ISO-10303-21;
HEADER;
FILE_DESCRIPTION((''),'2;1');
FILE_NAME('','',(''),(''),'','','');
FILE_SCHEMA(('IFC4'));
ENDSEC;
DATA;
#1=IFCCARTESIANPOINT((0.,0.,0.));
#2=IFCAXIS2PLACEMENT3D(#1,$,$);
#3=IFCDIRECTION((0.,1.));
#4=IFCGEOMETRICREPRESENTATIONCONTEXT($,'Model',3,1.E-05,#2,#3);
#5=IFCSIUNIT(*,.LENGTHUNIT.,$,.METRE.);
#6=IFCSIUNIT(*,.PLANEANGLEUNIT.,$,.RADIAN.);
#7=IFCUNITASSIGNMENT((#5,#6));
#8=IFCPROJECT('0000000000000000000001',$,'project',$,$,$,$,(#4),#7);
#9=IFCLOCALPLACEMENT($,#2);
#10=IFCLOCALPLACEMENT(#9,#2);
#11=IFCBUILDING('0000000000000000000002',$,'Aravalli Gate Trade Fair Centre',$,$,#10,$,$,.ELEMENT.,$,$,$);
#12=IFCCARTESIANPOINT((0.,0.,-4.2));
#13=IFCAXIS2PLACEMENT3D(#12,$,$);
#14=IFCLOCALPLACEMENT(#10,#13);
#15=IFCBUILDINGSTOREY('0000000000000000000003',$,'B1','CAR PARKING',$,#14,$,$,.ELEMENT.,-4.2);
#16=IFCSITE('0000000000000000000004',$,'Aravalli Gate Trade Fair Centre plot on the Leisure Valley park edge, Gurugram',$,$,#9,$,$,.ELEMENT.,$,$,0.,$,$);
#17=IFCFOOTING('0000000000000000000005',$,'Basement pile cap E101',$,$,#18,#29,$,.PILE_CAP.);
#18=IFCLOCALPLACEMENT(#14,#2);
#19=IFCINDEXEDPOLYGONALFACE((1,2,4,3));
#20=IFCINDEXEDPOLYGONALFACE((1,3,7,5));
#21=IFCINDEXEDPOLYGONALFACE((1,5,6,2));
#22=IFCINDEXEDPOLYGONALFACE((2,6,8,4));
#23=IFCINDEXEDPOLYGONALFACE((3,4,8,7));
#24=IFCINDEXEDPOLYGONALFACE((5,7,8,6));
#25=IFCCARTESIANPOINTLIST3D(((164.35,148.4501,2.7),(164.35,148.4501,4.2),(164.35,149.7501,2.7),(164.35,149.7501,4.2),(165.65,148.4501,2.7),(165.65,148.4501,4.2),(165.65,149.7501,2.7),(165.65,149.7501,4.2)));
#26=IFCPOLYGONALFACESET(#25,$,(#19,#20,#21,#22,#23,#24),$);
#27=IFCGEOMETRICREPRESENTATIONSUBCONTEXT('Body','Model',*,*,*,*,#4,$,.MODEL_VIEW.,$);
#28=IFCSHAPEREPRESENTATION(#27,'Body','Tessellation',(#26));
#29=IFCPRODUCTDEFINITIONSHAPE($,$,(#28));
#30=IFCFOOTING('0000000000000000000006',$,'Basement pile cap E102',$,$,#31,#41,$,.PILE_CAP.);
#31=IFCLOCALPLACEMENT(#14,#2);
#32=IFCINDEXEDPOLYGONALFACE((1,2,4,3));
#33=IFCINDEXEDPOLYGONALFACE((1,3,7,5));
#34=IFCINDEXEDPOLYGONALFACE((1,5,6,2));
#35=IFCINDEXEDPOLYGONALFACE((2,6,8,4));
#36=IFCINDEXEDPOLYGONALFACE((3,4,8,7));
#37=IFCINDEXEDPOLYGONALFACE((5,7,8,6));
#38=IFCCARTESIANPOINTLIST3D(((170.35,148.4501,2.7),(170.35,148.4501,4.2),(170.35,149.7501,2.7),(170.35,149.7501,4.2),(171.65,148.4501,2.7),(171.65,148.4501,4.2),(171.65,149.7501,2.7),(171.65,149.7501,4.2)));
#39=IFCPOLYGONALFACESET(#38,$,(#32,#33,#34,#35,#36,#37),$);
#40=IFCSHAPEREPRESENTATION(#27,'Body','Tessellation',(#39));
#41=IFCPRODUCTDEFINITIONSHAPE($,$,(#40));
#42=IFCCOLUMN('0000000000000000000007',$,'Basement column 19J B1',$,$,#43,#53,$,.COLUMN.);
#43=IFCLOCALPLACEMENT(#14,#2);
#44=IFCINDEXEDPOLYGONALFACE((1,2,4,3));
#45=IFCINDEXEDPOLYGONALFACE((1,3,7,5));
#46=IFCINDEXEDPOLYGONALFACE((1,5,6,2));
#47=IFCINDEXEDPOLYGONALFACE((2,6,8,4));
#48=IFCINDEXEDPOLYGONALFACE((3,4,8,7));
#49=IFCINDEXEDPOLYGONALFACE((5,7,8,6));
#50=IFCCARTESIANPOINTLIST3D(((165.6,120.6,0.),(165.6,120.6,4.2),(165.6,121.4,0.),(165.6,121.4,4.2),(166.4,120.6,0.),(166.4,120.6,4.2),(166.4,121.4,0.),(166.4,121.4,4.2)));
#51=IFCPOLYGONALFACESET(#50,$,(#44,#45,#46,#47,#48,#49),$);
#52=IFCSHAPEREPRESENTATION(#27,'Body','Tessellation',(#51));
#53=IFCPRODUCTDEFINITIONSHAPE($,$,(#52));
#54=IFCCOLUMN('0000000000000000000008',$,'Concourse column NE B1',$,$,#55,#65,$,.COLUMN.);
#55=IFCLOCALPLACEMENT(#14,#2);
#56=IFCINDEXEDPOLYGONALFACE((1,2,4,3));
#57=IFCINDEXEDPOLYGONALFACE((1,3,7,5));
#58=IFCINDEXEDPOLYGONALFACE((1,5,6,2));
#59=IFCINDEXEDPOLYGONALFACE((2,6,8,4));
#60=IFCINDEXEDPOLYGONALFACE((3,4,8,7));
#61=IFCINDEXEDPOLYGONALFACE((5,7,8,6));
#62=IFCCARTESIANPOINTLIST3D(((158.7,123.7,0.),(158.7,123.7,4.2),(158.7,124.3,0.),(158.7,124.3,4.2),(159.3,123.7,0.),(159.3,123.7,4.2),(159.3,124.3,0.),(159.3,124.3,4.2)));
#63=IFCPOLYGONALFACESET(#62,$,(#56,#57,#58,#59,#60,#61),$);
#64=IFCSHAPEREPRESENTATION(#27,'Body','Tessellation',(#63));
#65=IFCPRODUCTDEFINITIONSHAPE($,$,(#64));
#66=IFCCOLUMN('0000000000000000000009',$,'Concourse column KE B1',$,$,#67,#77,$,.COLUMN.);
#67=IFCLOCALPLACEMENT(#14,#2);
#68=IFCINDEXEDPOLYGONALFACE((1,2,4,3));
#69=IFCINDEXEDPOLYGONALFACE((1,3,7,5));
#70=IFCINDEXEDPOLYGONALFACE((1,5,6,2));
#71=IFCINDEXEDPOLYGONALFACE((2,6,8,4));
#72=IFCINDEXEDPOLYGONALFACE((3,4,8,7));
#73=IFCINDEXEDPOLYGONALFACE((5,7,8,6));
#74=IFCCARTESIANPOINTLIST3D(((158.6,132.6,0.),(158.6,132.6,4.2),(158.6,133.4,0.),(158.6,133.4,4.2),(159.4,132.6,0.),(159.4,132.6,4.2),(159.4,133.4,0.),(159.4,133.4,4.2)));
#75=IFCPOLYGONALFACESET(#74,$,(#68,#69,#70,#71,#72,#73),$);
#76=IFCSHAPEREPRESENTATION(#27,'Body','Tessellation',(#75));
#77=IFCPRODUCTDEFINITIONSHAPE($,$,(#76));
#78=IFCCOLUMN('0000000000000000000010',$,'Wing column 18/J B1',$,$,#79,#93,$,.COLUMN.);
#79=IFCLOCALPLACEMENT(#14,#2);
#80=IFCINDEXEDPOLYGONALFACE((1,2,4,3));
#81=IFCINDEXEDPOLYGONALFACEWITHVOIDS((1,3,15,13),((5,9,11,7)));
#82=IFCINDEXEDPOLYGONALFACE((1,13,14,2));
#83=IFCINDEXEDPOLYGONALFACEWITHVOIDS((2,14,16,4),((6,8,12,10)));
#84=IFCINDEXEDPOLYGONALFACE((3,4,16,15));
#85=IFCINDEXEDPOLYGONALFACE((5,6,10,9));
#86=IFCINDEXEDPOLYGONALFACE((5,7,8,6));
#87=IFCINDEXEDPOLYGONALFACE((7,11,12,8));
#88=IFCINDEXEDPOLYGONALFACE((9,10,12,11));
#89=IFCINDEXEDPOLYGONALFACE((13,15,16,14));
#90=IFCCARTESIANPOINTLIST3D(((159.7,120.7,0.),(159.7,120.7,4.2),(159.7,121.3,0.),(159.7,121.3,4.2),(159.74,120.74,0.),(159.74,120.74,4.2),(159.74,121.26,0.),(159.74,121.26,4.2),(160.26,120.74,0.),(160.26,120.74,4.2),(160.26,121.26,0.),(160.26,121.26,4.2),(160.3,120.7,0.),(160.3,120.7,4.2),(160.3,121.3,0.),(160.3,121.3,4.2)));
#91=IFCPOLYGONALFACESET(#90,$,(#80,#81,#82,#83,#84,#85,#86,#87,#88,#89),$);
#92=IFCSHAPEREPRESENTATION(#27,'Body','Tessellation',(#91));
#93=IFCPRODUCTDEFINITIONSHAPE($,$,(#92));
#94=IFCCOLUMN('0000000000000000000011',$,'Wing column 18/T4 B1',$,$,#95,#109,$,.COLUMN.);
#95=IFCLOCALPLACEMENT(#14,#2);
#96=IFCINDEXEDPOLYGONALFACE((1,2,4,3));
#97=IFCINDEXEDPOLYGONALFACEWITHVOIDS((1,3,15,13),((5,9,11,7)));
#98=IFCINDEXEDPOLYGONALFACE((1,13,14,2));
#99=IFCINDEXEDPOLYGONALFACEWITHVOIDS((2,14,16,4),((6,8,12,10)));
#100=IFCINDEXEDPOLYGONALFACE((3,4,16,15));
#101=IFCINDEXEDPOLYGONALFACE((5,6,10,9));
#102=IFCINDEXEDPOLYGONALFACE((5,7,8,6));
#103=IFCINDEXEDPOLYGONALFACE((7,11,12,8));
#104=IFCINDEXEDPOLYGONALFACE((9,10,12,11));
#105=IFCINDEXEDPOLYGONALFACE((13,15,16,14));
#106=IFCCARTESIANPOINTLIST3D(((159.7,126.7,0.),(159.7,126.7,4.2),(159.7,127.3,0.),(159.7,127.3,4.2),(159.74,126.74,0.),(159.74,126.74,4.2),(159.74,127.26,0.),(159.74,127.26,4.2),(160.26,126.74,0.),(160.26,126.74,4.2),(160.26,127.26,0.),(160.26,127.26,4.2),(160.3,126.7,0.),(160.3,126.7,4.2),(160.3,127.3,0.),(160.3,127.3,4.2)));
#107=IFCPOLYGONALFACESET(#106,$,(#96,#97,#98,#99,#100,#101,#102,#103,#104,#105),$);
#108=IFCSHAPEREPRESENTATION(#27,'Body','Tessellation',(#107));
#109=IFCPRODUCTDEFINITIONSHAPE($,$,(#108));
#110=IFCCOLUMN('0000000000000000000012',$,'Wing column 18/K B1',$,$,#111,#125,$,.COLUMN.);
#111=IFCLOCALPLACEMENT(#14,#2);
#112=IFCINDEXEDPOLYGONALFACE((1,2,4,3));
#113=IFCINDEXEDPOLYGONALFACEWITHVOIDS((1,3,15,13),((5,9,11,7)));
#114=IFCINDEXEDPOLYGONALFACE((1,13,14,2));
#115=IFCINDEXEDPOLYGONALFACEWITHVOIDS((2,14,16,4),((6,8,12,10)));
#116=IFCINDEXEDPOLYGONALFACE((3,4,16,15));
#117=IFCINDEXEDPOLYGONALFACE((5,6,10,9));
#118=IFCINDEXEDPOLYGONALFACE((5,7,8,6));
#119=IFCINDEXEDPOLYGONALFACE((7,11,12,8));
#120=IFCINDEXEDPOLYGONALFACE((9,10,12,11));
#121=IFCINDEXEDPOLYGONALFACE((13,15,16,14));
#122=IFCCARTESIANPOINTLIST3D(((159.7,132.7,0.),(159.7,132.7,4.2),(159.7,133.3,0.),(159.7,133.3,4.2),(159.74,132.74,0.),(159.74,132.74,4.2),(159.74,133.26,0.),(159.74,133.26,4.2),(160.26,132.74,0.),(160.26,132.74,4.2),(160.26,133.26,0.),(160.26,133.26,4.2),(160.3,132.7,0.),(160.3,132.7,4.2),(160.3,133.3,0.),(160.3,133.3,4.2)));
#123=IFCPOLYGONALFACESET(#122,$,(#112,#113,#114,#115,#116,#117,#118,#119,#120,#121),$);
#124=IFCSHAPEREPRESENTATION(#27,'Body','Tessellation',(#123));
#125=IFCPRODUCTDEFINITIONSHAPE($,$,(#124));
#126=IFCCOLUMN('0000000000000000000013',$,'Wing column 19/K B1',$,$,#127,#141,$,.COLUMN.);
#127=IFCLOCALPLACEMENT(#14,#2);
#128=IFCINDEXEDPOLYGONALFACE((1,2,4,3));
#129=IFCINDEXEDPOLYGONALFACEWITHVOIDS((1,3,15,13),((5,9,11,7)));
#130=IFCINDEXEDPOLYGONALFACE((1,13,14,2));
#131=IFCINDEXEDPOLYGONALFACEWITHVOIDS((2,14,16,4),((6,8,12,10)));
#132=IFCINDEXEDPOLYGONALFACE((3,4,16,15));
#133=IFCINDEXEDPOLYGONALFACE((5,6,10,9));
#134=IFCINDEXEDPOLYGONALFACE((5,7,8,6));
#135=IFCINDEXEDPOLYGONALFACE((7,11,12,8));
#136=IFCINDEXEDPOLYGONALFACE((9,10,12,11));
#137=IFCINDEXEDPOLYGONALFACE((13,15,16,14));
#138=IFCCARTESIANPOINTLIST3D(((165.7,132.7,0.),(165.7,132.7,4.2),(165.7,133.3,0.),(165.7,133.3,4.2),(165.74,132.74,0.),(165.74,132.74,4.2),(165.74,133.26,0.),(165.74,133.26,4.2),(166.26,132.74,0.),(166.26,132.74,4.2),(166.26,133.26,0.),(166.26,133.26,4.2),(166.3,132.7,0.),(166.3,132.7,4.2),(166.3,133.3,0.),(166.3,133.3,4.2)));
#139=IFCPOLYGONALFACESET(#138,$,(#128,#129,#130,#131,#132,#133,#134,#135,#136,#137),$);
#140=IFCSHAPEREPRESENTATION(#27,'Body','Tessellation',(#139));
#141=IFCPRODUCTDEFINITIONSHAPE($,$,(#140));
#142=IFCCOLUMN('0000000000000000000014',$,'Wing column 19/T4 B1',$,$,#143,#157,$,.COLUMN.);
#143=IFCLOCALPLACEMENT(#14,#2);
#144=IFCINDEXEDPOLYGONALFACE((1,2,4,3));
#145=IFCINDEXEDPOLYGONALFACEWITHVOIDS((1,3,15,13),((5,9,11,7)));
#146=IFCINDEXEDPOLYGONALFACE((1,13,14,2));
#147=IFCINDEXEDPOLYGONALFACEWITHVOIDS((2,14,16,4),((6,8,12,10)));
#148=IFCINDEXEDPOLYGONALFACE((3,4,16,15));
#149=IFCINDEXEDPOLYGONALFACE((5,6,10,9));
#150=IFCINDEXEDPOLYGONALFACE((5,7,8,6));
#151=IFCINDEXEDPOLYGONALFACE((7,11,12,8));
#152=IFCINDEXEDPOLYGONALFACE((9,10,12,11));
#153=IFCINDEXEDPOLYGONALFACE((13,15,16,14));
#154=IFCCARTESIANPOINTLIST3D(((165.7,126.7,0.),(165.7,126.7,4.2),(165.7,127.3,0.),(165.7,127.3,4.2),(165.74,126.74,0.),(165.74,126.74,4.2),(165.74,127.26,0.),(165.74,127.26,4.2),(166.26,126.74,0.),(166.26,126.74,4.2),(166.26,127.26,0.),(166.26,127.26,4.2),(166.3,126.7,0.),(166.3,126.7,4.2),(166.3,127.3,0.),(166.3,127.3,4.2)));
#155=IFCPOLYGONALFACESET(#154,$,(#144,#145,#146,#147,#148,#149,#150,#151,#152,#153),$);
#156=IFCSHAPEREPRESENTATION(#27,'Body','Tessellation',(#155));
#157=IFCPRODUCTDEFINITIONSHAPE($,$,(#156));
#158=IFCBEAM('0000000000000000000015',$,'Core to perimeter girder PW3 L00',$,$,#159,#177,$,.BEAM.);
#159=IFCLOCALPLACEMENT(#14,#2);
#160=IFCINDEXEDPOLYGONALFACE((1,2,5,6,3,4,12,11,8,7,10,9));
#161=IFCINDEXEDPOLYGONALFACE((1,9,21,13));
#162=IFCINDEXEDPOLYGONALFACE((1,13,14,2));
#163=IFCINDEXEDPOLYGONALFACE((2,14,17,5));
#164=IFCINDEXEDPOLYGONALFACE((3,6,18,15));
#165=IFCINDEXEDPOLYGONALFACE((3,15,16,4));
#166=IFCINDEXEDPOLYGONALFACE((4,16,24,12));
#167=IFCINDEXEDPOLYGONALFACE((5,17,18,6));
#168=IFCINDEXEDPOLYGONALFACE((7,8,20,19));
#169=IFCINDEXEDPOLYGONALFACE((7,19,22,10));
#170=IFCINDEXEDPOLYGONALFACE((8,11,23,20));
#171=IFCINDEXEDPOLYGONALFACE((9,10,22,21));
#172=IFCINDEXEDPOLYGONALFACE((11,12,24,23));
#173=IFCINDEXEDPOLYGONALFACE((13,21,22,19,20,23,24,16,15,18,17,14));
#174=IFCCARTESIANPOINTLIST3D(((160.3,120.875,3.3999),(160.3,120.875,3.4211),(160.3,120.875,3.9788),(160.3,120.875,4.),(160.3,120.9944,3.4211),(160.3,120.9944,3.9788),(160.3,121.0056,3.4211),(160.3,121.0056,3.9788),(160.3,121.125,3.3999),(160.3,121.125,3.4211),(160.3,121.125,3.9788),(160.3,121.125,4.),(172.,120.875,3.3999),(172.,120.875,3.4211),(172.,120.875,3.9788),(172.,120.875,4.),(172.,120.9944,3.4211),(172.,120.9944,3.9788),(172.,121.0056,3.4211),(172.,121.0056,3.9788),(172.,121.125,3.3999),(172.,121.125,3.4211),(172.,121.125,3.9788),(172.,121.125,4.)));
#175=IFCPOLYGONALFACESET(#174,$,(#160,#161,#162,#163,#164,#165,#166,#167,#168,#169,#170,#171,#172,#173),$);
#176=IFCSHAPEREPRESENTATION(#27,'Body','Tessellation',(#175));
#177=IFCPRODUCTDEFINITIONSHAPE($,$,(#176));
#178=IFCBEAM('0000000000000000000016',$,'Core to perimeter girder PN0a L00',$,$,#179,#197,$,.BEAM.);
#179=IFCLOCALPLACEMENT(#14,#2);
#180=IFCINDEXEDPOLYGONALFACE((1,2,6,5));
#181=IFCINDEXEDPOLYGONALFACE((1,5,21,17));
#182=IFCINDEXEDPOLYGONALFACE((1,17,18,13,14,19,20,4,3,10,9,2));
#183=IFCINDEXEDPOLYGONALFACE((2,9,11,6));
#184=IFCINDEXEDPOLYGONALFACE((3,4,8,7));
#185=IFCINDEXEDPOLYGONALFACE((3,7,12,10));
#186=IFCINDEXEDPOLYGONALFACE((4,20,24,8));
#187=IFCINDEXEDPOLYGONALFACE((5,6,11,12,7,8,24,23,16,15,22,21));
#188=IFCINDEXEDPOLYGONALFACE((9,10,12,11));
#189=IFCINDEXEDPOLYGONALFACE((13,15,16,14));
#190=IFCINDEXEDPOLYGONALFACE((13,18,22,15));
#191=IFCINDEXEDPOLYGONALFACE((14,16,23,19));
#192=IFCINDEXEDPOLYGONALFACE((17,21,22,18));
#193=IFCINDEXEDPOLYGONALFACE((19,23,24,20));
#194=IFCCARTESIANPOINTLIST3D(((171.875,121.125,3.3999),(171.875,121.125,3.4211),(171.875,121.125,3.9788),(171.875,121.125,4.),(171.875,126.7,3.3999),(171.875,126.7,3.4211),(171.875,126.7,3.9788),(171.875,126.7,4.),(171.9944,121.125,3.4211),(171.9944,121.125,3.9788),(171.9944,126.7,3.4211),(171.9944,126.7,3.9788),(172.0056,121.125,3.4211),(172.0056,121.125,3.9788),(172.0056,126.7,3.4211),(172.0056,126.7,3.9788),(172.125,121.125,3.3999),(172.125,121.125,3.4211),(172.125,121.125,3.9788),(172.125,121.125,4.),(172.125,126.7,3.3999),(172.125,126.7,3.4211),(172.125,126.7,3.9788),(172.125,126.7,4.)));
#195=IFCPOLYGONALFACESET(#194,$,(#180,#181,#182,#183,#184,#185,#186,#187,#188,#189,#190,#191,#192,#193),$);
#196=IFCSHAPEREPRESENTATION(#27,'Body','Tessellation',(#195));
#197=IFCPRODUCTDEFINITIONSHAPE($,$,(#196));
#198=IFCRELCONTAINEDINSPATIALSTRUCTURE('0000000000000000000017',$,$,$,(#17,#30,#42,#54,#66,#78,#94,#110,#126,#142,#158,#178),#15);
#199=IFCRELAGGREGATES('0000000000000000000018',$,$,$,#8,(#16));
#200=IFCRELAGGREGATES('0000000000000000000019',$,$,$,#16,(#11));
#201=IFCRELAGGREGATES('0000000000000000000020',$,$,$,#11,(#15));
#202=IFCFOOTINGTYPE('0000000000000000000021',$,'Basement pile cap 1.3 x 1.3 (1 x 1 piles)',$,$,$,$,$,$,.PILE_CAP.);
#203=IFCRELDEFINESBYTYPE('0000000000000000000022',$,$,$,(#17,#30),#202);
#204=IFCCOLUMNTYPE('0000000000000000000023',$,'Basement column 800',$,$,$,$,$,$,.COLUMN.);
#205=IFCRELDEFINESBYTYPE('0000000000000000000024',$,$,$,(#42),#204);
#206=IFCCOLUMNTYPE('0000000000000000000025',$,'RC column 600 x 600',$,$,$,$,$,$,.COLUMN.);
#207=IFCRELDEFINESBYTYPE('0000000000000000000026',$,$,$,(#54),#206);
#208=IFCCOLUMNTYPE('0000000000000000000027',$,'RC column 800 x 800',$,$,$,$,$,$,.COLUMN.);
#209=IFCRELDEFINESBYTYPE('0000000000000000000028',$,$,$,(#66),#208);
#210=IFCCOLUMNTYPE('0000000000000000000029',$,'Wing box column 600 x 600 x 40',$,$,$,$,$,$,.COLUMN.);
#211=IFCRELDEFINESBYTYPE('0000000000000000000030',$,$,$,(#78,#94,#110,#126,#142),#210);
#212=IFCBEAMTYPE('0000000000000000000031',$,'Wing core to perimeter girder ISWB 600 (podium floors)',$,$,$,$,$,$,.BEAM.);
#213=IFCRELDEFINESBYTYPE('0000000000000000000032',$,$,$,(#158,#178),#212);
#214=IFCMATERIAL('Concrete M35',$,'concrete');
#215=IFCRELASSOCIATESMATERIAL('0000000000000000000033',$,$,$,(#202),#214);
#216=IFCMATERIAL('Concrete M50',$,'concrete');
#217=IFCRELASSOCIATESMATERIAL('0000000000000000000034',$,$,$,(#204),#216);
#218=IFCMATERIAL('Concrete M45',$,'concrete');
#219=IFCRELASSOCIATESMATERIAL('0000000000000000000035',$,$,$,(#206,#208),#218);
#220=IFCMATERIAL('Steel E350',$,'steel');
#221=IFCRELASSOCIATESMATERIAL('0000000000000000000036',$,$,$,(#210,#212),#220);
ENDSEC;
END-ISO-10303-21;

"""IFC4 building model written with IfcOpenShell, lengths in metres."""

from ifc_helpers import new_model, si_unit, direction, frame, origin, origin_2d, place, context, subcontext, project, spatial, rectangle, hollow_rectangle, i_section, extrude, material, material_profile, profile_set, type_object, element, save


model = new_model("IFC4")

# Units and contexts
model_context = context("Model", 3, precision=1e-05, world=origin(), true_north=direction((0.0, 1.0)))
body_context = subcontext(model_context, "Body", "Model", "MODEL_VIEW")
ifc_project = project(units=[si_unit("LENGTHUNIT", "METRE"), si_unit("PLANEANGLEUNIT", "RADIAN")], contexts=[model_context])

# Site, building, storey
site_placement = place(None, origin())
site = spatial("IfcSite", under=ifc_project, at=site_placement, Name="Aravalli Gate Trade Fair Centre plot on the Leisure Valley park edge, Gurugram", CompositionType="ELEMENT", RefElevation=0.0)
building_placement = place(site_placement, origin())
building = spatial("IfcBuilding", under=site, at=building_placement, Name="Aravalli Gate Trade Fair Centre", CompositionType="ELEMENT")
storey_placement = place(building_placement, frame((0.0, 0.0, -4.2)))
storey = spatial("IfcBuildingStorey", under=building, at=storey_placement, Name="B1", Description="CAR PARKING", CompositionType="ELEMENT", Elevation=-4.2)

# Shared definitions
ifc_material_1 = material(Name="Concrete M35", Category="concrete")

# Footings
footing_type = type_object("IfcFootingType", Name="Basement pile cap 1.3 x 1.3 (1 x 1 piles)", PredefinedType="PILE_CAP", material=ifc_material_1)
for number, where, z_axis, x_axis, name in (
    (1, (165.0, 149.1001, 2.7), (0.0, 0.0, 1.0), (1.0, 0.0, 0.0), "Basement pile cap E101"),
    (2, (171.0, 149.1001, 2.7), (0.0, 0.0, 1.0), (1.0, 0.0, 0.0), "Basement pile cap E102"),
):
    element("IfcFooting", number, at=place(storey_placement, frame(where, z_axis=z_axis, x_axis=x_axis)), inside=storey, type_object=footing_type, Name=name, PredefinedType="PILE_CAP", context=body_context, shape_type="SweptSolid", body=[
        extrude(rectangle(XDim=1.3, YDim=1.3, at=origin_2d()), origin(), (0.0, 0.0, 1.0), 1.5),
    ])

# Columns
ifc_material_2 = material(Name="Concrete M50", Category="concrete")
ifc_material_profile_1 = material_profile(ifc_material_2, rectangle(XDim=0.8, YDim=0.8, at=origin_2d()), Name="RC 800 x 800")
ifc_profile_set_1 = profile_set([ifc_material_profile_1], Name="Concrete M50")
column_type_1 = type_object("IfcColumnType", Name="Basement column 800", PredefinedType="COLUMN", material=ifc_profile_set_1)
column_1_placement = place(storey_placement, frame((166.0, 121.0, 0.0), z_axis=(0.0, 0.0, 1.0), x_axis=(1.0, 0.0, 0.0)))
element("IfcColumn", 3, at=column_1_placement, inside=storey, type_object=column_type_1, Name="Basement column 19J B1", PredefinedType="COLUMN", context=body_context, shape_type="SweptSolid", body=[
    extrude(rectangle(XDim=0.8, YDim=0.8, at=origin_2d()), origin(), (0.0, 0.0, 1.0), 4.2),
])
ifc_material_3 = material(Name="Concrete M45", Category="concrete")
ifc_material_profile_2 = material_profile(ifc_material_3, rectangle(XDim=0.6001, YDim=0.6001, at=origin_2d()), Name="RC column 600 x 600")
ifc_profile_set_2 = profile_set([ifc_material_profile_2], Name="Concrete M45")
column_type_2 = type_object("IfcColumnType", Name="RC column 600 x 600", PredefinedType="COLUMN", material=ifc_profile_set_2)
column_2_placement = place(storey_placement, frame((159.0, 124.0, 0.0), z_axis=(0.0, 0.0, 1.0), x_axis=(1.0, 0.0, 0.0)))
element("IfcColumn", 4, at=column_2_placement, inside=storey, type_object=column_type_2, Name="Concourse column NE B1", PredefinedType="COLUMN", context=body_context, shape_type="SweptSolid", body=[
    extrude(rectangle(XDim=0.6001, YDim=0.6001, at=origin_2d()), origin(), (0.0, 0.0, 1.0), 4.2),
])
ifc_material_profile_3 = material_profile(ifc_material_3, rectangle(XDim=0.8, YDim=0.8, at=origin_2d()), Name="RC column 800 x 800")
ifc_profile_set_3 = profile_set([ifc_material_profile_3], Name="Concrete M45")
column_type_3 = type_object("IfcColumnType", Name="RC column 800 x 800", PredefinedType="COLUMN", material=ifc_profile_set_3)
column_3_placement = place(storey_placement, frame((159.0, 133.0, 0.0), z_axis=(0.0, 0.0, 1.0), x_axis=(1.0, 0.0, 0.0)))
element("IfcColumn", 5, at=column_3_placement, inside=storey, type_object=column_type_3, Name="Concourse column KE B1", PredefinedType="COLUMN", context=body_context, shape_type="SweptSolid", body=[
    extrude(rectangle(XDim=0.8, YDim=0.8, at=origin_2d()), origin(), (0.0, 0.0, 1.0), 4.2),
])
ifc_material_4 = material(Name="Steel E350", Category="steel")
ifc_material_profile_4 = material_profile(ifc_material_4, hollow_rectangle(XDim=0.6001, YDim=0.6001, WallThickness=0.04, at=origin_2d()), Name="BOX 600x600x40")
ifc_profile_set_4 = profile_set([ifc_material_profile_4], Name="Steel E350")
column_type_4 = type_object("IfcColumnType", Name="Wing box column 600 x 600 x 40", PredefinedType="COLUMN", material=ifc_profile_set_4)
for number, where, z_axis, x_axis, name in (
    (6, (160.0, 121.0, 0.0), (0.0, 0.0, 1.0), (1.0, 0.0, 0.0), "Wing column 18/J B1"),
    (7, (160.0, 127.0, 0.0), (0.0, 0.0, 1.0), (1.0, 0.0, 0.0), "Wing column 18/T4 B1"),
    (8, (160.0, 133.0, 0.0), (0.0, 0.0, 1.0), (1.0, 0.0, 0.0), "Wing column 18/K B1"),
    (9, (166.0, 133.0, 0.0), (0.0, 0.0, 1.0), (1.0, 0.0, 0.0), "Wing column 19/K B1"),
    (10, (166.0, 127.0, 0.0), (0.0, 0.0, 1.0), (1.0, 0.0, 0.0), "Wing column 19/T4 B1"),
):
    element("IfcColumn", number, at=place(storey_placement, frame(where, z_axis=z_axis, x_axis=x_axis)), inside=storey, type_object=column_type_4, Name=name, PredefinedType="COLUMN", context=body_context, shape_type="SweptSolid", body=[
        extrude(hollow_rectangle(XDim=0.6001, YDim=0.6001, WallThickness=0.04, at=origin_2d()), origin(), (0.0, 0.0, 1.0), 4.2),
    ])

# Beams
ifc_material_profile_5 = material_profile(ifc_material_4, i_section(OverallWidth=0.25, OverallDepth=0.6001, WebThickness=0.0112, FlangeThickness=0.0212, at=origin_2d()), Name="ISWB 600")
ifc_profile_set_5 = profile_set([ifc_material_profile_5], Name="Steel E350")
beam_type_1 = type_object("IfcBeamType", Name="Wing core to perimeter girder ISWB 600 (podium floors)", PredefinedType="BEAM", material=ifc_profile_set_5)
beam_1_placement = place(storey_placement, frame((160.3, 121.0, 3.7), z_axis=(1.0, 0.0, 0.0), x_axis=(0.0, 1.0, 0.0)))
element("IfcBeam", 11, at=beam_1_placement, inside=storey, type_object=beam_type_1, Name="Core to perimeter girder PW3 L00", PredefinedType="BEAM", context=body_context, shape_type="SweptSolid", body=[
    extrude(i_section(OverallWidth=0.25, OverallDepth=0.6001, WebThickness=0.0112, FlangeThickness=0.0212, at=origin_2d()), origin(), (0.0, 0.0, 1.0), 11.7),
])
beam_2_placement = place(storey_placement, frame((172.0, 121.125, 3.7), z_axis=(0.0, 1.0, 0.0), x_axis=(-1.0, 0.0, 0.0)))
element("IfcBeam", 12, at=beam_2_placement, inside=storey, type_object=beam_type_1, Name="Core to perimeter girder PN0a L00", PredefinedType="BEAM", context=body_context, shape_type="SweptSolid", body=[
    extrude(i_section(OverallWidth=0.25, OverallDepth=0.6001, WebThickness=0.0112, FlangeThickness=0.0212, at=origin_2d()), origin(), (0.0, 0.0, 1.0), 5.575),
])

save(model, "model.ifc")
